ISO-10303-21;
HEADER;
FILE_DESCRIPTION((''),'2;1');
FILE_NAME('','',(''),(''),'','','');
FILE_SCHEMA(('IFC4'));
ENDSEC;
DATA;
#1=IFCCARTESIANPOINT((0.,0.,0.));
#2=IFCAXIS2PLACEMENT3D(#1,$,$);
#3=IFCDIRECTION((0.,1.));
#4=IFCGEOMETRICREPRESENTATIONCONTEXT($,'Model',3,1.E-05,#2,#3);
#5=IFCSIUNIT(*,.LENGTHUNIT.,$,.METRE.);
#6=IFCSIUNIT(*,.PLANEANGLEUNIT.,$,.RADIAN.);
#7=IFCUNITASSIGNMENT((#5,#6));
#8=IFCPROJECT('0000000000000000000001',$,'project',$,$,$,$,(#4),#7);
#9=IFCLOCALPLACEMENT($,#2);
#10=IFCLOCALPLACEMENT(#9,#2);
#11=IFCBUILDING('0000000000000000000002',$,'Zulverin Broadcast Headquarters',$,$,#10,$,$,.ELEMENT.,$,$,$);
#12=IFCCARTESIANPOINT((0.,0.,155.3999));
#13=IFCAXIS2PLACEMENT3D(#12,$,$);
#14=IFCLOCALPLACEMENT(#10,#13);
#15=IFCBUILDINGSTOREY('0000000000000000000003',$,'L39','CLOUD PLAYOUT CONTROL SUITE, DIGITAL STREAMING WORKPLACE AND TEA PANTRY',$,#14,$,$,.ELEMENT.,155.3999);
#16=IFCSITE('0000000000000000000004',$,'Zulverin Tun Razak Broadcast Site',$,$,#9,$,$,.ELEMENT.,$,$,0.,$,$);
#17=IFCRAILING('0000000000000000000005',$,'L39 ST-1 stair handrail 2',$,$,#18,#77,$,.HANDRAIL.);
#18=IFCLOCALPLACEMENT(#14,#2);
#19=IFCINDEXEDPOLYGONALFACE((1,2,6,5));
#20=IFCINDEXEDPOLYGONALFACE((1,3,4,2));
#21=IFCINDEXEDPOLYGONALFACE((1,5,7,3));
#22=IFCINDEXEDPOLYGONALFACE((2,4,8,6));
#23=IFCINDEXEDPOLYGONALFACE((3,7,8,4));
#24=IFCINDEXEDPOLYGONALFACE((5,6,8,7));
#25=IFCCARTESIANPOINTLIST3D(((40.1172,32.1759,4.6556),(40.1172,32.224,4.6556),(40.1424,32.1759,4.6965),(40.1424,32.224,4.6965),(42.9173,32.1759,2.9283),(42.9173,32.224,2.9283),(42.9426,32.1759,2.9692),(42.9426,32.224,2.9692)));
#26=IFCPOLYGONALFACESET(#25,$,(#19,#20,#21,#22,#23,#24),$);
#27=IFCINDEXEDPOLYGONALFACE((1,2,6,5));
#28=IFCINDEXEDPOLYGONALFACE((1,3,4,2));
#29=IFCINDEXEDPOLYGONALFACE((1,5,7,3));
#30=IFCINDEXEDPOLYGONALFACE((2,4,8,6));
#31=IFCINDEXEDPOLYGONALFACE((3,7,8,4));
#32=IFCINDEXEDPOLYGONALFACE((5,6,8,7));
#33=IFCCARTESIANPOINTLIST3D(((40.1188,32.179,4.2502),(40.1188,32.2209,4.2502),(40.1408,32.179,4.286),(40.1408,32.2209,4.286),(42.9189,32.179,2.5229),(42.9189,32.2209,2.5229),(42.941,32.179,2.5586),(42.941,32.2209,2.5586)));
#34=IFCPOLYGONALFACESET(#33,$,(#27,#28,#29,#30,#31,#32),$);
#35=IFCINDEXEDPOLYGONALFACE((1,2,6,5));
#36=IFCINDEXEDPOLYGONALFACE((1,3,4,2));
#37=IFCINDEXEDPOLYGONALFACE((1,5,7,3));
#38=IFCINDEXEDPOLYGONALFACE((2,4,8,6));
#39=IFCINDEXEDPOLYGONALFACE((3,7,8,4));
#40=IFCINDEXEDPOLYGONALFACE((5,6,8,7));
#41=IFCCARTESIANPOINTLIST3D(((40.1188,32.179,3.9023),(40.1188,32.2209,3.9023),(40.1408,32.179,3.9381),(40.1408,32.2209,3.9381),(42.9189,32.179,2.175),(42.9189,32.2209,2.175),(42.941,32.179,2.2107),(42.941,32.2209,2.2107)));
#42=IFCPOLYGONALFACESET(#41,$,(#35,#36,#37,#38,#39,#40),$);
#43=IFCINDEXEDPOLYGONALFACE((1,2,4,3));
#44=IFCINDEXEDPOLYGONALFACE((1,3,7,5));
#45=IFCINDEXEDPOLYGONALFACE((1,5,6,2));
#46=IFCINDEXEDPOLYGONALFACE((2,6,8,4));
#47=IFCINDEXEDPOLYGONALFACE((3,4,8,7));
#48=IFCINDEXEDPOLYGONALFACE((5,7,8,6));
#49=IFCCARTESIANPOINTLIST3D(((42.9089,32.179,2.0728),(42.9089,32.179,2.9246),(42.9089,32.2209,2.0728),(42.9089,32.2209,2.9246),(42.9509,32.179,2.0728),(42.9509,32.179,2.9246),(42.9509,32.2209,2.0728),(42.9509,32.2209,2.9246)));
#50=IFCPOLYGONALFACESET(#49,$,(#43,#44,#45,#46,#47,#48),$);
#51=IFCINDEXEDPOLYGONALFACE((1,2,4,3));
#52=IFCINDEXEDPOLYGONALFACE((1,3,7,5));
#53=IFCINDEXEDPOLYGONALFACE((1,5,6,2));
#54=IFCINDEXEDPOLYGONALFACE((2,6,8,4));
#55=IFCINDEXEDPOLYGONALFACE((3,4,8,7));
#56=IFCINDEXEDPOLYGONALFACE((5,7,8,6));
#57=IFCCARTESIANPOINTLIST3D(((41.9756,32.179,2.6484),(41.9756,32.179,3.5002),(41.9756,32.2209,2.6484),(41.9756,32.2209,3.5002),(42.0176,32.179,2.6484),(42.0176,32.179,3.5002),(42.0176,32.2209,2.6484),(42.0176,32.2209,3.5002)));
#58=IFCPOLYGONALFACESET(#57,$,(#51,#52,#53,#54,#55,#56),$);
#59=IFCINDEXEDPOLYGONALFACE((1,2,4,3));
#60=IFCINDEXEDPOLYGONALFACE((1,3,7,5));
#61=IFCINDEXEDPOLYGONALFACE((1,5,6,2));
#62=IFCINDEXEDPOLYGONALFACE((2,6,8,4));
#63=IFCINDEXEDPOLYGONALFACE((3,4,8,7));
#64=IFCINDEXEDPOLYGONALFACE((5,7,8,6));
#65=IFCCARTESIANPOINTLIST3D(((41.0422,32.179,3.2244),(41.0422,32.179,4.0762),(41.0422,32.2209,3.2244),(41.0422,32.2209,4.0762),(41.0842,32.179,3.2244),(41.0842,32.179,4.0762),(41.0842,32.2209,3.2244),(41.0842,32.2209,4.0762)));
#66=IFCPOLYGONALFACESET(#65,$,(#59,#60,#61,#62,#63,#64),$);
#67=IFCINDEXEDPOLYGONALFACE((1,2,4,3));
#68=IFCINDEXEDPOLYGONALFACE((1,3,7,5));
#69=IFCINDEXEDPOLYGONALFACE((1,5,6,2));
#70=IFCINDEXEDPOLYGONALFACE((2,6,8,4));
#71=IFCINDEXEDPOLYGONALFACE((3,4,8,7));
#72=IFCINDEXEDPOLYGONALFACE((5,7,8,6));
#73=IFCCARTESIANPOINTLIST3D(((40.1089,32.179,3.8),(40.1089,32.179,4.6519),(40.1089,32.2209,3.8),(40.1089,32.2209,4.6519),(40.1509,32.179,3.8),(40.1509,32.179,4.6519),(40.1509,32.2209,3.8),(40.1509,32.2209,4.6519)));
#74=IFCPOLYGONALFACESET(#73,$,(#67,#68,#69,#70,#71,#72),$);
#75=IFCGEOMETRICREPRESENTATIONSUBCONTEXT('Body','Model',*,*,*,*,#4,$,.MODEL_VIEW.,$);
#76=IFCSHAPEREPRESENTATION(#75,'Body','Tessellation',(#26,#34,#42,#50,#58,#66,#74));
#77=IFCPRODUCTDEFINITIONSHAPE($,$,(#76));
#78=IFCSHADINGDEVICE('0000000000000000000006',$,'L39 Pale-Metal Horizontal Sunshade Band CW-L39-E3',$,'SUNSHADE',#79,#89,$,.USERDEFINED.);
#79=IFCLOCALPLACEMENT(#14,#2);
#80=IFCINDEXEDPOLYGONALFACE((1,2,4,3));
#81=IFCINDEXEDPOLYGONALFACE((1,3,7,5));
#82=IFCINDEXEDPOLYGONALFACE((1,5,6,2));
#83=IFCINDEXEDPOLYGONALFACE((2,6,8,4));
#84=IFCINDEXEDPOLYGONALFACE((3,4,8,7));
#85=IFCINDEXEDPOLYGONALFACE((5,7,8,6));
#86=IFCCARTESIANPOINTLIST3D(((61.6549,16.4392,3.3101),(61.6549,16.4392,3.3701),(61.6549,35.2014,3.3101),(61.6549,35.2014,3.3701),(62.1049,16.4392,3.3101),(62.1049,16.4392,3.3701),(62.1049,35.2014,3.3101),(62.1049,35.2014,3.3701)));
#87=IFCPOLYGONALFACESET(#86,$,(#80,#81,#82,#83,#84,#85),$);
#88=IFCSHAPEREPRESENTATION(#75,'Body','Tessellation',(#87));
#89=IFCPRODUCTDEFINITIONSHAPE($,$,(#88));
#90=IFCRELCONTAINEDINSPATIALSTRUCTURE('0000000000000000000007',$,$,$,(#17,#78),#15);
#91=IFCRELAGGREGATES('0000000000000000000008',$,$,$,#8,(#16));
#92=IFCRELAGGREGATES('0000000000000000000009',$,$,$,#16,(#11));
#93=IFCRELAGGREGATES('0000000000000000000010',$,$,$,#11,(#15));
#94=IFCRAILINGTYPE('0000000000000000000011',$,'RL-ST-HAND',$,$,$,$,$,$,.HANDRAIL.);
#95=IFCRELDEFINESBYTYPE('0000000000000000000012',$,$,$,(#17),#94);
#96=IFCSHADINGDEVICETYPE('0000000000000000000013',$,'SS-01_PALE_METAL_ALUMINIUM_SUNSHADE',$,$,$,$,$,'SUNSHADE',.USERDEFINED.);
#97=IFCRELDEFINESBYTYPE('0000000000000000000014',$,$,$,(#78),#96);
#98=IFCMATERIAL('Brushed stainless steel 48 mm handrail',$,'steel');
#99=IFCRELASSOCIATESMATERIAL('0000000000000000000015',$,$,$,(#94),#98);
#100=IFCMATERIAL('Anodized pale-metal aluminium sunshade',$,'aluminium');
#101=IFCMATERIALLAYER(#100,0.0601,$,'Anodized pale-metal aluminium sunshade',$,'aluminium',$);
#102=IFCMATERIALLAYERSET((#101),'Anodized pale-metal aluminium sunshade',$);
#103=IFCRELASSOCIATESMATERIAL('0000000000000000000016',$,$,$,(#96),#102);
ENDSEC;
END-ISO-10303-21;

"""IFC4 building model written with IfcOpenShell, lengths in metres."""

from ifc_helpers import new_model, si_unit, direction, frame, origin, origin_2d, place, context, subcontext, project, spatial, rectangle, extrude, material, layer, layer_set, type_object, element, save


model = new_model("IFC4")

# Units and contexts
model_context = context("Model", 3, precision=1e-05, world=origin(), true_north=direction((0.0, 1.0)))
body_context = subcontext(model_context, "Body", "Model", "MODEL_VIEW")
ifc_project = project(units=[si_unit("LENGTHUNIT", "METRE"), si_unit("PLANEANGLEUNIT", "RADIAN")], contexts=[model_context])

# Site, building, storey
site_placement = place(None, origin())
site = spatial("IfcSite", under=ifc_project, at=site_placement, Name="Zulverin Tun Razak Broadcast Site", CompositionType="ELEMENT", RefElevation=0.0)
building_placement = place(site_placement, origin())
building = spatial("IfcBuilding", under=site, at=building_placement, Name="Zulverin Broadcast Headquarters", CompositionType="ELEMENT")
storey_placement = place(building_placement, frame((0.0, 0.0, 155.3999)))
storey = spatial("IfcBuildingStorey", under=building, at=storey_placement, Name="L39", Description="CLOUD PLAYOUT CONTROL SUITE, DIGITAL STREAMING WORKPLACE AND TEA PANTRY", CompositionType="ELEMENT", Elevation=155.3999)

# Railing
ifc_material_1 = material(Name="Brushed stainless steel 48 mm handrail", Category="steel")
railing_type_1 = type_object("IfcRailingType", Name="RL-ST-HAND", PredefinedType="HANDRAIL", material=ifc_material_1)
railing_1_placement = place(storey_placement, frame((42.9299, 32.2, 2.0728)))
element("IfcRailing", 1, at=railing_1_placement, inside=storey, type_object=railing_type_1, Name="L39 ST-1 stair handrail 2", PredefinedType="HANDRAIL", context=body_context, shape_type="SweptSolid", body=[
    extrude(rectangle(XDim=0.0481, YDim=0.0481, at=origin_2d()), frame((0.0, 0.0, 0.876), z_axis=(-0.85109, 0.0, 0.52502), x_axis=(0.0, -1.0, 0.0)), (0.0, 0.0, 1.0), 3.29),
    extrude(rectangle(XDim=0.042, YDim=0.042, at=origin_2d()), frame((0.0, 0.0, 0.468), z_axis=(-0.85109, 0.0, 0.52502), x_axis=(0.0, -1.0, 0.0)), (0.0, 0.0, 1.0), 3.29),
    extrude(rectangle(XDim=0.042, YDim=0.042, at=origin_2d()), frame((0.0, 0.0, 0.1201), z_axis=(-0.85109, 0.0, 0.52502), x_axis=(0.0, -1.0, 0.0)), (0.0, 0.0, 1.0), 3.29),
    extrude(rectangle(XDim=0.042, YDim=0.042, at=origin_2d()), origin(), (0.0, 0.0, 1.0), 0.8518),
    extrude(rectangle(XDim=0.042, YDim=0.042, at=origin_2d()), frame((-0.9333, 0.0, 0.5757)), (0.0, 0.0, 1.0), 0.8518),
    extrude(rectangle(XDim=0.042, YDim=0.042, at=origin_2d()), frame((-1.8667, 0.0, 1.1516)), (0.0, 0.0, 1.0), 0.8518),
    extrude(rectangle(XDim=0.042, YDim=0.042, at=origin_2d()), frame((-2.8, 0.0, 1.7273)), (0.0, 0.0, 1.0), 0.8518),
])

# Shading device
ifc_material_2 = material(Name="Anodized pale-metal aluminium sunshade", Category="aluminium")
ifc_layer_1 = layer(ifc_material_2, 0.0601, Name="Anodized pale-metal aluminium sunshade", Category="aluminium")
ifc_layer_set_1 = layer_set([ifc_layer_1], Name="Anodized pale-metal aluminium sunshade")
shading_device_type = type_object("IfcShadingDeviceType", Name="SS-01_PALE_METAL_ALUMINIUM_SUNSHADE", ElementType="SUNSHADE", PredefinedType="USERDEFINED", material=ifc_layer_set_1)
shading_device_placement = place(storey_placement, frame((61.8799, 25.8203, 3.3101), z_axis=(0.0, 0.0, 1.0), x_axis=(0.0, 1.0, 0.0)))
element("IfcShadingDevice", 2, at=shading_device_placement, inside=storey, type_object=shading_device_type, Name="L39 Pale-Metal Horizontal Sunshade Band CW-L39-E3", ObjectType="SUNSHADE", PredefinedType="USERDEFINED", context=body_context, shape_type="SweptSolid", body=[
    extrude(rectangle(XDim=18.7622, YDim=0.45, at=origin_2d()), origin(), (0.0, 0.0, 1.0), 0.0601),
])

save(model, "model.ifc")
